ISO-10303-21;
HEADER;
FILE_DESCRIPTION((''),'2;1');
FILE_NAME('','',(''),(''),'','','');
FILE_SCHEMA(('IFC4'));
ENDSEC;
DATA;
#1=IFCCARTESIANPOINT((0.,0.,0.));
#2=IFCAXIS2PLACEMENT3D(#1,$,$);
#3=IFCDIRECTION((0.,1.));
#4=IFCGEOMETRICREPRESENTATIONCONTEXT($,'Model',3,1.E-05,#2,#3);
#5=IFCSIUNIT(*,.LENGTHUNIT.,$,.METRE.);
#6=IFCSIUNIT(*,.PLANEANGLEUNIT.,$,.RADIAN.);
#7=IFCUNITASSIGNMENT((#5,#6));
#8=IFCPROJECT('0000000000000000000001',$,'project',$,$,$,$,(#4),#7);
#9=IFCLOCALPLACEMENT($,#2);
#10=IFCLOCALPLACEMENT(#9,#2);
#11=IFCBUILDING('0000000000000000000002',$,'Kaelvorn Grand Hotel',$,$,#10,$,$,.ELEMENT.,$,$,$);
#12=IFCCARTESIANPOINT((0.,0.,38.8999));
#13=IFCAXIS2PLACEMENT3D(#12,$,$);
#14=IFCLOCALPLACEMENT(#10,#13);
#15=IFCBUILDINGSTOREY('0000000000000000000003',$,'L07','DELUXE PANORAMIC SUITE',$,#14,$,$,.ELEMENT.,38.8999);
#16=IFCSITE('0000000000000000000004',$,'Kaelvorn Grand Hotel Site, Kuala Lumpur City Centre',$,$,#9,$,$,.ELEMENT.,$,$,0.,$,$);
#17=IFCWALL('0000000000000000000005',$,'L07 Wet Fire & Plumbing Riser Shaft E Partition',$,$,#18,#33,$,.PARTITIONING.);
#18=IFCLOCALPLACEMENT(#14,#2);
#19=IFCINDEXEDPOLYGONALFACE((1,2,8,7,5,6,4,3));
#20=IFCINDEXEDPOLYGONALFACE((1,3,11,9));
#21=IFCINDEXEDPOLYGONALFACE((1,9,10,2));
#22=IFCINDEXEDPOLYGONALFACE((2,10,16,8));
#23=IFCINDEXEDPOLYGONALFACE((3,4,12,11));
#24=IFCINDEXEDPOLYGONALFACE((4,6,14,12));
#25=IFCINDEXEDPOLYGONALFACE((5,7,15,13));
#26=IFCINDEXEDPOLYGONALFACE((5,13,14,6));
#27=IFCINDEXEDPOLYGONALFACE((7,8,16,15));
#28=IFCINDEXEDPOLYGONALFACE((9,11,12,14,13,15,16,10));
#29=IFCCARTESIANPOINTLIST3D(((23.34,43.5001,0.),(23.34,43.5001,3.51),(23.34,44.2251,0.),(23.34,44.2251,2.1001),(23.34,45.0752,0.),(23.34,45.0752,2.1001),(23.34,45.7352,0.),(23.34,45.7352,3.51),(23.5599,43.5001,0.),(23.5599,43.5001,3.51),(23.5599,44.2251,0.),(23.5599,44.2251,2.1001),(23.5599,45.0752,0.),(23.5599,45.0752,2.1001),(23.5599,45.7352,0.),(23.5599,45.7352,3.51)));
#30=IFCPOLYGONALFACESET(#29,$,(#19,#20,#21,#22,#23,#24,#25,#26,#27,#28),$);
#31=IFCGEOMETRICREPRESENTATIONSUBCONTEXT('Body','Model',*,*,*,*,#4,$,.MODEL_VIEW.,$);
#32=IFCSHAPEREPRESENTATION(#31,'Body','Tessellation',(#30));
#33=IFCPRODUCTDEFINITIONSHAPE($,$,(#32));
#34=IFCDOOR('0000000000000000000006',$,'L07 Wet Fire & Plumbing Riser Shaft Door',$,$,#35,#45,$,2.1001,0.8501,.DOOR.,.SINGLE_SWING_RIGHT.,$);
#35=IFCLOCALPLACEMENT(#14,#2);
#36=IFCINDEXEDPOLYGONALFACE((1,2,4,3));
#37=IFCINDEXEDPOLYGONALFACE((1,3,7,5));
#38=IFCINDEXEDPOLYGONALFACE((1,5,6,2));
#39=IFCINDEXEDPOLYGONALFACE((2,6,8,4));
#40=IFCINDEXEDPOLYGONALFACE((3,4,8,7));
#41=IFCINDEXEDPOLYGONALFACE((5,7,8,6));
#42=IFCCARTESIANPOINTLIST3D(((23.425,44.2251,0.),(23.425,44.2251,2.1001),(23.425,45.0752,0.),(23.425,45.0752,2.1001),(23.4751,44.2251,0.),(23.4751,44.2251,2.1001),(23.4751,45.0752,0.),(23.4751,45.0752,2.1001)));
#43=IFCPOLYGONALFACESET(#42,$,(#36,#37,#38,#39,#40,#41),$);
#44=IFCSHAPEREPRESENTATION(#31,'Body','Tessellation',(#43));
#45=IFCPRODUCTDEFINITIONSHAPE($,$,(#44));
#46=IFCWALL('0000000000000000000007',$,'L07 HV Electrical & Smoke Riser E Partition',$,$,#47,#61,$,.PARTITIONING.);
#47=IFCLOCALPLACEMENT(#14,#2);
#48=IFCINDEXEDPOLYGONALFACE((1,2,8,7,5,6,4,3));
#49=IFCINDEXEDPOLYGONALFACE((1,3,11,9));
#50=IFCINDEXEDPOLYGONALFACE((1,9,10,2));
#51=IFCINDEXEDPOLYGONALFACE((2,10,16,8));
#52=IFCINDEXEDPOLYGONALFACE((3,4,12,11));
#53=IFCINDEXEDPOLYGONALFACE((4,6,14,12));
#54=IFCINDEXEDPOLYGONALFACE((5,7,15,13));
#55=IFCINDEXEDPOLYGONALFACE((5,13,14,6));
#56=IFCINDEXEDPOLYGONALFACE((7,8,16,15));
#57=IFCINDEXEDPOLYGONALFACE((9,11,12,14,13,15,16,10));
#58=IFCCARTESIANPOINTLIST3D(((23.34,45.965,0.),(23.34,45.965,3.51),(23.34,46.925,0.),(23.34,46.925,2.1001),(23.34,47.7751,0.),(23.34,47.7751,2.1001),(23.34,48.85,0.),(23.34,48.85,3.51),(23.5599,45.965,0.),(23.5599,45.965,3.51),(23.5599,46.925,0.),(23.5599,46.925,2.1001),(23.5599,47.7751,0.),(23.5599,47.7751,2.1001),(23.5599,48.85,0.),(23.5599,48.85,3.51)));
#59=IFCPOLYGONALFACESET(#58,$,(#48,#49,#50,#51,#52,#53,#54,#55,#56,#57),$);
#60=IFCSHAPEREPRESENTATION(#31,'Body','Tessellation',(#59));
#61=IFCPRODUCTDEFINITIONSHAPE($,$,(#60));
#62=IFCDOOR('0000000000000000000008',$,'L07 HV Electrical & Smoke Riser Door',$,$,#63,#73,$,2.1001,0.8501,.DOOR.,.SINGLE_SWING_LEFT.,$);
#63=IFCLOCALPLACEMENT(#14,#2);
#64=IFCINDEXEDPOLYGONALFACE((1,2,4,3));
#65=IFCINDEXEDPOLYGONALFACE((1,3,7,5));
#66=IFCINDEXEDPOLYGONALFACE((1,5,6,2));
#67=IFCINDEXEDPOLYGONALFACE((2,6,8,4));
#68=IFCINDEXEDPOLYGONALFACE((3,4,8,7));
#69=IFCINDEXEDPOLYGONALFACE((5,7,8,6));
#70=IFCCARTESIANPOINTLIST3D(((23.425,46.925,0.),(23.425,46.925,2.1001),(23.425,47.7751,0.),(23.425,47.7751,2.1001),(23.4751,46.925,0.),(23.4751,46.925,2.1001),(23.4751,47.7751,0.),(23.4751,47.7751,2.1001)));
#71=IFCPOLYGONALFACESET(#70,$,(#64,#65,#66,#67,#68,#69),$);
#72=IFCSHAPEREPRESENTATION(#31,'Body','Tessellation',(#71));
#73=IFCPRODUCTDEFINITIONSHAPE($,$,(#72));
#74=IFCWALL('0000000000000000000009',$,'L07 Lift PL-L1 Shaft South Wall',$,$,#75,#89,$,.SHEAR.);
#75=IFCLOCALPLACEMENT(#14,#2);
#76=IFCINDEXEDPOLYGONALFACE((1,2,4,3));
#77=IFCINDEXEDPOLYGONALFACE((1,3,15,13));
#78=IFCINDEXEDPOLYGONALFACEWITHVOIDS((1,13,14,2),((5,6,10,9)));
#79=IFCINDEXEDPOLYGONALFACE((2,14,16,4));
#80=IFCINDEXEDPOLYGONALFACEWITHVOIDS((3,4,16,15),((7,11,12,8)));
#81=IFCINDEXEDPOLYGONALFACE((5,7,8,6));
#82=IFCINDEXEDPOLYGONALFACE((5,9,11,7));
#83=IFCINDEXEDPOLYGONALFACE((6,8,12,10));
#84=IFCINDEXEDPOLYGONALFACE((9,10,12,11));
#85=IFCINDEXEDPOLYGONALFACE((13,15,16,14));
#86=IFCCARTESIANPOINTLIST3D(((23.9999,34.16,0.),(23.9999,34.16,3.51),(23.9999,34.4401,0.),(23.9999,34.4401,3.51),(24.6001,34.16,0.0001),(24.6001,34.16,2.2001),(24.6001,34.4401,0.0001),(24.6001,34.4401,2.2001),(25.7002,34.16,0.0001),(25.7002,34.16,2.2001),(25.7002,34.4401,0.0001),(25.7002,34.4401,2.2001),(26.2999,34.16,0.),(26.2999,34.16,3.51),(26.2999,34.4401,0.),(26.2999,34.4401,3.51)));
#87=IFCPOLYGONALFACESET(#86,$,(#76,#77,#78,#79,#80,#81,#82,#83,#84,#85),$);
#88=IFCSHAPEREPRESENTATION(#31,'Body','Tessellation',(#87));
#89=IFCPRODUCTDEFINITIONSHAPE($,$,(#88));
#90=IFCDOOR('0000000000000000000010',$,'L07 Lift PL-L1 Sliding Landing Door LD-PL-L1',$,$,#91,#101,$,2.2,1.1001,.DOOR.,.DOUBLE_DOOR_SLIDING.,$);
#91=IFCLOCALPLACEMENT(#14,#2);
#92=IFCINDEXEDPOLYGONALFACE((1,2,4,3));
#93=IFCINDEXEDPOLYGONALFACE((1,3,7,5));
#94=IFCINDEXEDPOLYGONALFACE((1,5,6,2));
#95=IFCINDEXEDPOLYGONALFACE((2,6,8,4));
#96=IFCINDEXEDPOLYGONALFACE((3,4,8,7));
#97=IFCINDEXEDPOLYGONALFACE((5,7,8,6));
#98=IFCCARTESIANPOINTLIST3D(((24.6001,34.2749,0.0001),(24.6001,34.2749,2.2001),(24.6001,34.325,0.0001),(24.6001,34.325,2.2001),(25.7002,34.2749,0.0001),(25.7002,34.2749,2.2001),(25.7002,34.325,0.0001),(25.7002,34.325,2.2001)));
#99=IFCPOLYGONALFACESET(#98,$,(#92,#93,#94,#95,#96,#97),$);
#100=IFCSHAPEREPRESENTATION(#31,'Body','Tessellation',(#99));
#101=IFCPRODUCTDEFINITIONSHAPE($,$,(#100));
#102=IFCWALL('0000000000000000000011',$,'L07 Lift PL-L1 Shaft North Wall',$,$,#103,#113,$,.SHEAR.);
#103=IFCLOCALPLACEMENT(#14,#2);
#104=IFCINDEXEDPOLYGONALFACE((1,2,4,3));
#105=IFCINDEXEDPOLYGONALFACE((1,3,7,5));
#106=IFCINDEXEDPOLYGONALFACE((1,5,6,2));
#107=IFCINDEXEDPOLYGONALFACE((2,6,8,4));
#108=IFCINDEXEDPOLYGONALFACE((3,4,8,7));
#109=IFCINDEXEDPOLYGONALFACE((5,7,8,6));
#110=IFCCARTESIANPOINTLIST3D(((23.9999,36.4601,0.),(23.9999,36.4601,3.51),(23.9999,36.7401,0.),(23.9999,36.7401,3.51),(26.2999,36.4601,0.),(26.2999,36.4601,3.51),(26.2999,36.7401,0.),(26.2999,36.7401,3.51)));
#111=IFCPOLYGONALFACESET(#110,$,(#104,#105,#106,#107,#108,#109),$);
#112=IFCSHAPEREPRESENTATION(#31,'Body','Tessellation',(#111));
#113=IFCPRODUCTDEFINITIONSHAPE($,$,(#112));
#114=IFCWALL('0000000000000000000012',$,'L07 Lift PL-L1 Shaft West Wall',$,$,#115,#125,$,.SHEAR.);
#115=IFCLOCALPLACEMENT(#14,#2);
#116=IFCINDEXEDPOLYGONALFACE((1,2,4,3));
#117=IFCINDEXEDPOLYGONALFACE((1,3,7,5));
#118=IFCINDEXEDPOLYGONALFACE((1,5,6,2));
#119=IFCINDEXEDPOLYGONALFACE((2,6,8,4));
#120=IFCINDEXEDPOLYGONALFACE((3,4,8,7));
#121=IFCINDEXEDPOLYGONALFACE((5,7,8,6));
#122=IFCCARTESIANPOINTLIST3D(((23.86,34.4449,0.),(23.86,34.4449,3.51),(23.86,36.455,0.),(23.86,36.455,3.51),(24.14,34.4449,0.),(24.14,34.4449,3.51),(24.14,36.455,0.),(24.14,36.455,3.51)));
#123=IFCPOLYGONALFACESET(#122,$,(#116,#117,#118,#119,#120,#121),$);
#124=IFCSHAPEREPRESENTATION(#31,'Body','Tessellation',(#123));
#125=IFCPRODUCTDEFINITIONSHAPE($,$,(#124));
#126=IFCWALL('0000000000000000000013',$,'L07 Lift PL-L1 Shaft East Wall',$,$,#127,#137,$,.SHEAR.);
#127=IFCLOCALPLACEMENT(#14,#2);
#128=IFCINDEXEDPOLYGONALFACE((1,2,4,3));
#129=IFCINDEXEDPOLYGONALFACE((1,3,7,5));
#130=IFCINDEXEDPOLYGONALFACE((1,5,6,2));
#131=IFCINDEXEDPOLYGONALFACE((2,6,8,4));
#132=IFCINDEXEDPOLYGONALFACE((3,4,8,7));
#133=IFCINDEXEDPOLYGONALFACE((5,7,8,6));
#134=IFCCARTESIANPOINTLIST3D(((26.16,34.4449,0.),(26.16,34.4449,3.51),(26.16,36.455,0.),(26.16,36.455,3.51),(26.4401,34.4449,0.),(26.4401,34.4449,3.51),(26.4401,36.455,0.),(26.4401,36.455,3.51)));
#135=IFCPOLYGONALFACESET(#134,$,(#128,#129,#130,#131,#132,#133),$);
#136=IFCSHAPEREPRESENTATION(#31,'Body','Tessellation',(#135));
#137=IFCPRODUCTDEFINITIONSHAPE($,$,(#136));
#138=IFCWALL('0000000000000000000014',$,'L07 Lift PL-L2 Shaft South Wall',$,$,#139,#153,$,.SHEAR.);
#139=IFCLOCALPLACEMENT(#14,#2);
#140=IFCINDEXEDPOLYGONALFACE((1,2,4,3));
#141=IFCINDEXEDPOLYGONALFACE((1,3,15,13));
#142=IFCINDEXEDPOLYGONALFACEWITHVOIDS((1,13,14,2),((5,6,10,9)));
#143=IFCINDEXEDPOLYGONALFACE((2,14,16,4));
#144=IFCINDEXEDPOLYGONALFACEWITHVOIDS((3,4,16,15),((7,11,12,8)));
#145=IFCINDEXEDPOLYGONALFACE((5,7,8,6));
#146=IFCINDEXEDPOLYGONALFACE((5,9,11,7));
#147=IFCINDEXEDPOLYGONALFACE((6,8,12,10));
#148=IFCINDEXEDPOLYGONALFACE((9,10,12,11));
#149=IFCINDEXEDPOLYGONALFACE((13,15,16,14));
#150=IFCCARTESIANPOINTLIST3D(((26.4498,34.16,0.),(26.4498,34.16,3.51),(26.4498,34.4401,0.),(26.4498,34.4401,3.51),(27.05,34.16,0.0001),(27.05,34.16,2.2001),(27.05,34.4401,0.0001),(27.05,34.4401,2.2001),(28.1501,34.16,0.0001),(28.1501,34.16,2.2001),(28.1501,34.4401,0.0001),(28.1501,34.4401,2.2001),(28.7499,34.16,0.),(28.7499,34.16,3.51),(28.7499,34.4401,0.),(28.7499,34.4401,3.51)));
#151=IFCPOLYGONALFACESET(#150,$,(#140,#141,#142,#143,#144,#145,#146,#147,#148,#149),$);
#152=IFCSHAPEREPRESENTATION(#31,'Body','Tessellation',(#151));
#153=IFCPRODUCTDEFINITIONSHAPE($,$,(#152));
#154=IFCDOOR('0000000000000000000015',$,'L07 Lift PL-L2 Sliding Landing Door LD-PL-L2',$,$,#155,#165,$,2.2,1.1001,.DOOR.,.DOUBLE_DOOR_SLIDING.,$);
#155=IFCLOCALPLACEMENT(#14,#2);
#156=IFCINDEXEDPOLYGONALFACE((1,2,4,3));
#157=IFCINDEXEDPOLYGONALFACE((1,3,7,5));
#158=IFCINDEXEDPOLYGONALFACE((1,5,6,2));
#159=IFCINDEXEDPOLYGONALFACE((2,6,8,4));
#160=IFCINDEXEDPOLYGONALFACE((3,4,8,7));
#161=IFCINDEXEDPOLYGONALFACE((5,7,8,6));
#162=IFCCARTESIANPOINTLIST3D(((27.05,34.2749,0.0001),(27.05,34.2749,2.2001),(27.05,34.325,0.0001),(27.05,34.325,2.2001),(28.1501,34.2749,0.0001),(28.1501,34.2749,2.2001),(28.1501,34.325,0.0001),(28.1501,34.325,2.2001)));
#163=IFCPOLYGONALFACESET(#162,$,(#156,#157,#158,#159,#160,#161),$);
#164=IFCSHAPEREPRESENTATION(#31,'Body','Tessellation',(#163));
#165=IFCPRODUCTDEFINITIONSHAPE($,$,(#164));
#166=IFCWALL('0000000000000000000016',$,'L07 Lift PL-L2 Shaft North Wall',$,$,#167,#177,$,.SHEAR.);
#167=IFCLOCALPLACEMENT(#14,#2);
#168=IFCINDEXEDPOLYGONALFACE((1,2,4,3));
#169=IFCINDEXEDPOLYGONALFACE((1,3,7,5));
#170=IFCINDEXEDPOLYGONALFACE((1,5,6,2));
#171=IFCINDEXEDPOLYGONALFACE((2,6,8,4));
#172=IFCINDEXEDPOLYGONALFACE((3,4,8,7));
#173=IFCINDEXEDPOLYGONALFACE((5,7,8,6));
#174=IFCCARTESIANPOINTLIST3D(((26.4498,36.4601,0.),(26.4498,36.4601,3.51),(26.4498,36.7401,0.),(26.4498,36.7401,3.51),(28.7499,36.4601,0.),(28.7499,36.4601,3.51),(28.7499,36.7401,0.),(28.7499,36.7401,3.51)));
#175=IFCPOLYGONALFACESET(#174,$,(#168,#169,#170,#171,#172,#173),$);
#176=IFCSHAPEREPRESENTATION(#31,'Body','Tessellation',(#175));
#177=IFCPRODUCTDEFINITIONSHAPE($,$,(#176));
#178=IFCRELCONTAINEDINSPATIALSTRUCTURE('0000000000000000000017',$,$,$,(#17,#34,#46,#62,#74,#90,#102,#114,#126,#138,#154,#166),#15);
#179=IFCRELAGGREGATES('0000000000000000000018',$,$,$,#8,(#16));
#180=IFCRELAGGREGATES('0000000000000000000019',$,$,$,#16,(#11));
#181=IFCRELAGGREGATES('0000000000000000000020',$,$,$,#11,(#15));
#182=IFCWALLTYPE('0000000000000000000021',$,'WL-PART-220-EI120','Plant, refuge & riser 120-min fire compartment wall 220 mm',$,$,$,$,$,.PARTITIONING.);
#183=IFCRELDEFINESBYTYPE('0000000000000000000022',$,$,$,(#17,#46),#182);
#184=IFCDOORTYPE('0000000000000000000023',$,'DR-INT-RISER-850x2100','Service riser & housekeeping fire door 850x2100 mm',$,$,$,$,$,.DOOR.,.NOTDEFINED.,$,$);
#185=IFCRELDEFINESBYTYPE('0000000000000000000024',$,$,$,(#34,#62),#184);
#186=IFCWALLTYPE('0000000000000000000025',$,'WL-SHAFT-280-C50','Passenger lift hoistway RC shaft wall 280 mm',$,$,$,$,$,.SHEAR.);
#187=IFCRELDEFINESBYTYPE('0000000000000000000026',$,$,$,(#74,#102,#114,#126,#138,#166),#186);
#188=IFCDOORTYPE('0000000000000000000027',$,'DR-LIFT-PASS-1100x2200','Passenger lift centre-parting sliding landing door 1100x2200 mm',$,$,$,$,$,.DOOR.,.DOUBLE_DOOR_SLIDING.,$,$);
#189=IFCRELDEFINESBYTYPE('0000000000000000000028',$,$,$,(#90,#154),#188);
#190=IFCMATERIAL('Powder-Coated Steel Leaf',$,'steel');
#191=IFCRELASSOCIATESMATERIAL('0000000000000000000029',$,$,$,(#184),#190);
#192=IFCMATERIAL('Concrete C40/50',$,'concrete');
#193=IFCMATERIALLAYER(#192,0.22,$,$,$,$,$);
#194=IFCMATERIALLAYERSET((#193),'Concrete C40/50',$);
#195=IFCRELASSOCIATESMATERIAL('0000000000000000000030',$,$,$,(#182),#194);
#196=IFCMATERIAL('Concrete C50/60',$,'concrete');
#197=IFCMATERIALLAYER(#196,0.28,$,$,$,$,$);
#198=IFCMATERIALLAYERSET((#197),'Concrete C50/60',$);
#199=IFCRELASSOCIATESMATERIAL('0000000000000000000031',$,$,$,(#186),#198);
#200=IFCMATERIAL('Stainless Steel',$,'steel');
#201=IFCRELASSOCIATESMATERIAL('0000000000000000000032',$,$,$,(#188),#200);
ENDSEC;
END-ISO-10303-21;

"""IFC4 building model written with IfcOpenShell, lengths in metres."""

from ifc_helpers import new_model, si_unit, direction, frame, frame_2d, origin, place, context, subcontext, project, spatial, rectangle, extrude, material, layer, layer_set, type_object, element, fill, save


model = new_model("IFC4")

# Units and contexts
model_context = context("Model", 3, precision=1e-05, world=origin(), true_north=direction((0.0, 1.0)))
body_context = subcontext(model_context, "Body", "Model", "MODEL_VIEW")
ifc_project = project(units=[si_unit("LENGTHUNIT", "METRE"), si_unit("PLANEANGLEUNIT", "RADIAN")], contexts=[model_context])

# Site, building, storey
site_placement = place(None, origin())
site = spatial("IfcSite", under=ifc_project, at=site_placement, Name="Kaelvorn Grand Hotel Site, Kuala Lumpur City Centre", CompositionType="ELEMENT", RefElevation=0.0)
building_placement = place(site_placement, origin())
building = spatial("IfcBuilding", under=site, at=building_placement, Name="Kaelvorn Grand Hotel", CompositionType="ELEMENT")
storey_placement = place(building_placement, frame((0.0, 0.0, 38.8999)))
storey = spatial("IfcBuildingStorey", under=building, at=storey_placement, Name="L07", Description="DELUXE PANORAMIC SUITE", CompositionType="ELEMENT", Elevation=38.8999)

# Shared definitions
ifc_material_1 = material(Name="Powder-Coated Steel Leaf", Category="steel")
door_type_1 = type_object("IfcDoorType", Name="DR-INT-RISER-850x2100", Description="Service riser & housekeeping fire door 850x2100 mm", OperationType="NOTDEFINED", PredefinedType="DOOR", material=ifc_material_1)

# Shared definitions
ifc_material_2 = material(Name="Concrete C40/50", Category="concrete")
ifc_layer_1 = layer(ifc_material_2, 0.22)
ifc_layer_set_1 = layer_set([ifc_layer_1], Name="Concrete C40/50")
wall_type_1 = type_object("IfcWallType", Name="WL-PART-220-EI120", Description="Plant, refuge & riser 120-min fire compartment wall 220 mm", PredefinedType="PARTITIONING", material=ifc_layer_set_1)

# Walls, openings, doors
wall_1_placement = place(storey_placement, frame((23.45, 43.5, 0.0), z_axis=(0.0, 0.0, 1.0), x_axis=(0.0, 1.0, 0.0)))
wall_1 = element("IfcWall", 1, at=wall_1_placement, inside=storey, type_object=wall_type_1, Name="L07 Wet Fire & Plumbing Riser Shaft E Partition", PredefinedType="PARTITIONING", context=body_context, shape_type="SweptSolid", body=[
    extrude(rectangle(XDim=2.2351, YDim=0.22, at=frame_2d((1.1177, 0.0))), origin(), (0.0, 0.0, 1.0), 3.51),
])
opening_1_placement = place(wall_1_placement, frame((0.7251, 0.0, 0.0)))
opening_1 = element("IfcOpeningElement", 2, at=opening_1_placement, cuts=wall_1, PredefinedType="OPENING", context=body_context, shape_type="SweptSolid", body=[
    extrude(rectangle(XDim=0.8501, YDim=2.1001, at=frame_2d((0.425, 1.05))), frame((0.0, 0.1201, 0.0), z_axis=(0.0, -1.0, 0.0), x_axis=(1.0, 0.0, 0.0)), (0.0, 0.0, 1.0), 0.24),
])
door_1_placement = place(opening_1_placement, origin())
door_1 = element("IfcDoor", 3, at=door_1_placement, inside=storey, type_object=door_type_1, Name="L07 Wet Fire & Plumbing Riser Shaft Door", OperationType="SINGLE_SWING_RIGHT", OverallHeight=2.1001, OverallWidth=0.8501, PredefinedType="DOOR", context=body_context, shape_type="SweptSolid", body=[
    extrude(rectangle(XDim=0.8501, YDim=2.1001, at=frame_2d((0.425, 1.05))), frame((0.0, 0.0249, 0.0), z_axis=(0.0, -1.0, 0.0), x_axis=(1.0, 0.0, 0.0)), (0.0, 0.0, 1.0), 0.05),
])
fill(opening_1, door_1)
wall_2_placement = place(storey_placement, frame((23.45, 45.9651, 0.0), z_axis=(0.0, 0.0, 1.0), x_axis=(0.0, 1.0, 0.0)))
wall_2 = element("IfcWall", 4, at=wall_2_placement, inside=storey, type_object=wall_type_1, Name="L07 HV Electrical & Smoke Riser E Partition", PredefinedType="PARTITIONING", context=body_context, shape_type="SweptSolid", body=[
    extrude(rectangle(XDim=2.885, YDim=0.22, at=frame_2d((1.4424, 0.0))), origin(), (0.0, 0.0, 1.0), 3.51),
])
opening_2_placement = place(wall_2_placement, frame((0.96, 0.0, 0.0)))
opening_2 = element("IfcOpeningElement", 5, at=opening_2_placement, cuts=wall_2, PredefinedType="OPENING", context=body_context, shape_type="SweptSolid", body=[
    extrude(rectangle(XDim=0.8501, YDim=2.1001, at=frame_2d((0.425, 1.05))), frame((0.0, 0.1201, 0.0), z_axis=(0.0, -1.0, 0.0), x_axis=(1.0, 0.0, 0.0)), (0.0, 0.0, 1.0), 0.24),
])
door_2_placement = place(opening_2_placement, origin())
door_2 = element("IfcDoor", 6, at=door_2_placement, inside=storey, type_object=door_type_1, Name="L07 HV Electrical & Smoke Riser Door", OperationType="SINGLE_SWING_LEFT", OverallHeight=2.1001, OverallWidth=0.8501, PredefinedType="DOOR", context=body_context, shape_type="SweptSolid", body=[
    extrude(rectangle(XDim=0.8501, YDim=2.1001, at=frame_2d((0.425, 1.05))), frame((0.0, 0.0249, 0.0), z_axis=(0.0, -1.0, 0.0), x_axis=(1.0, 0.0, 0.0)), (0.0, 0.0, 1.0), 0.05),
])
fill(opening_2, door_2)
ifc_material_3 = material(Name="Concrete C50/60", Category="concrete")
ifc_layer_2 = layer(ifc_material_3, 0.28)
ifc_layer_set_2 = layer_set([ifc_layer_2], Name="Concrete C50/60")
wall_type_2 = type_object("IfcWallType", Name="WL-SHAFT-280-C50", Description="Passenger lift hoistway RC shaft wall 280 mm", PredefinedType="SHEAR", material=ifc_layer_set_2)
wall_3_placement = place(storey_placement, frame((24.0, 34.3, 0.0), z_axis=(0.0, 0.0, 1.0), x_axis=(1.0, 0.0, 0.0)))
wall_3 = element("IfcWall", 7, at=wall_3_placement, inside=storey, type_object=wall_type_2, Name="L07 Lift PL-L1 Shaft South Wall", PredefinedType="SHEAR", context=body_context, shape_type="SweptSolid", body=[
    extrude(rectangle(XDim=2.3, YDim=0.28, at=frame_2d((1.1499, 0.0))), origin(), (0.0, 0.0, 1.0), 3.51),
])
opening_3_placement = place(wall_3_placement, frame((0.6001, 0.0, 0.0)))
opening_3 = element("IfcOpeningElement", 8, at=opening_3_placement, cuts=wall_3, PredefinedType="OPENING", context=body_context, shape_type="SweptSolid", body=[
    extrude(rectangle(XDim=1.1001, YDim=2.2, at=frame_2d((0.55, 1.1001))), frame((0.0, 0.1499, 0.0), z_axis=(0.0, -1.0, 0.0), x_axis=(1.0, 0.0, 0.0)), (0.0, 0.0, 1.0), 0.3),
])
ifc_material_4 = material(Name="Stainless Steel", Category="steel")
door_type_2 = type_object("IfcDoorType", Name="DR-LIFT-PASS-1100x2200", Description="Passenger lift centre-parting sliding landing door 1100x2200 mm", OperationType="DOUBLE_DOOR_SLIDING", PredefinedType="DOOR", material=ifc_material_4)
door_3_placement = place(opening_3_placement, origin())
door_3 = element("IfcDoor", 9, at=door_3_placement, inside=storey, type_object=door_type_2, Name="L07 Lift PL-L1 Sliding Landing Door LD-PL-L1", OperationType="DOUBLE_DOOR_SLIDING", OverallHeight=2.2, OverallWidth=1.1001, PredefinedType="DOOR", context=body_context, shape_type="SweptSolid", body=[
    extrude(rectangle(XDim=1.1001, YDim=2.2, at=frame_2d((0.55, 1.1001))), frame((0.0, 0.0249, 0.0), z_axis=(0.0, -1.0, 0.0), x_axis=(1.0, 0.0, 0.0)), (0.0, 0.0, 1.0), 0.05),
])
fill(opening_3, door_3)

# Walls
wall_4_placement = place(storey_placement, frame((24.0, 36.6001, 0.0), z_axis=(0.0, 0.0, 1.0), x_axis=(1.0, 0.0, 0.0)))
element("IfcWall", 10, at=wall_4_placement, inside=storey, type_object=wall_type_2, Name="L07 Lift PL-L1 Shaft North Wall", PredefinedType="SHEAR", context=body_context, shape_type="SweptSolid", body=[
    extrude(rectangle(XDim=2.3, YDim=0.28, at=frame_2d((1.1499, 0.0))), origin(), (0.0, 0.0, 1.0), 3.51),
])
for number, where, z_axis, x_axis, name in (
    (11, (24.0, 34.4451, 0.0), (0.0, 0.0, 1.0), (0.0, 1.0, 0.0), "L07 Lift PL-L1 Shaft West Wall"),
    (12, (26.3, 34.4451, 0.0), (0.0, 0.0, 1.0), (0.0, 1.0, 0.0), "L07 Lift PL-L1 Shaft East Wall"),
):
    element("IfcWall", number, at=place(storey_placement, frame(where, z_axis=z_axis, x_axis=x_axis)), inside=storey, type_object=wall_type_2, Name=name, PredefinedType="SHEAR", context=body_context, shape_type="SweptSolid", body=[
        extrude(rectangle(XDim=2.01, YDim=0.28, at=frame_2d((1.0049, 0.0))), origin(), (0.0, 0.0, 1.0), 3.51),
    ])

# Wall, opening, door
wall_5_placement = place(storey_placement, frame((26.45, 34.3, 0.0), z_axis=(0.0, 0.0, 1.0), x_axis=(1.0, 0.0, 0.0)))
wall_5 = element("IfcWall", 13, at=wall_5_placement, inside=storey, type_object=wall_type_2, Name="L07 Lift PL-L2 Shaft South Wall", PredefinedType="SHEAR", context=body_context, shape_type="SweptSolid", body=[
    extrude(rectangle(XDim=2.3, YDim=0.28, at=frame_2d((1.1499, 0.0))), origin(), (0.0, 0.0, 1.0), 3.51),
])
opening_4_placement = place(wall_5_placement, frame((0.6001, 0.0, 0.0)))
opening_4 = element("IfcOpeningElement", 14, at=opening_4_placement, cuts=wall_5, PredefinedType="OPENING", context=body_context, shape_type="SweptSolid", body=[
    extrude(rectangle(XDim=1.1001, YDim=2.2, at=frame_2d((0.55, 1.1001))), frame((0.0, 0.1499, 0.0), z_axis=(0.0, -1.0, 0.0), x_axis=(1.0, 0.0, 0.0)), (0.0, 0.0, 1.0), 0.3),
])
door_4_placement = place(opening_4_placement, origin())
door_4 = element("IfcDoor", 15, at=door_4_placement, inside=storey, type_object=door_type_2, Name="L07 Lift PL-L2 Sliding Landing Door LD-PL-L2", OperationType="DOUBLE_DOOR_SLIDING", OverallHeight=2.2, OverallWidth=1.1001, PredefinedType="DOOR", context=body_context, shape_type="SweptSolid", body=[
    extrude(rectangle(XDim=1.1001, YDim=2.2, at=frame_2d((0.55, 1.1001))), frame((0.0, 0.0249, 0.0), z_axis=(0.0, -1.0, 0.0), x_axis=(1.0, 0.0, 0.0)), (0.0, 0.0, 1.0), 0.05),
])
fill(opening_4, door_4)

# Wall
wall_6_placement = place(storey_placement, frame((26.45, 36.6001, 0.0), z_axis=(0.0, 0.0, 1.0), x_axis=(1.0, 0.0, 0.0)))
element("IfcWall", 16, at=wall_6_placement, inside=storey, type_object=wall_type_2, Name="L07 Lift PL-L2 Shaft North Wall", PredefinedType="SHEAR", context=body_context, shape_type="SweptSolid", body=[
    extrude(rectangle(XDim=2.3, YDim=0.28, at=frame_2d((1.1499, 0.0))), origin(), (0.0, 0.0, 1.0), 3.51),
])

save(model, "model.ifc")
